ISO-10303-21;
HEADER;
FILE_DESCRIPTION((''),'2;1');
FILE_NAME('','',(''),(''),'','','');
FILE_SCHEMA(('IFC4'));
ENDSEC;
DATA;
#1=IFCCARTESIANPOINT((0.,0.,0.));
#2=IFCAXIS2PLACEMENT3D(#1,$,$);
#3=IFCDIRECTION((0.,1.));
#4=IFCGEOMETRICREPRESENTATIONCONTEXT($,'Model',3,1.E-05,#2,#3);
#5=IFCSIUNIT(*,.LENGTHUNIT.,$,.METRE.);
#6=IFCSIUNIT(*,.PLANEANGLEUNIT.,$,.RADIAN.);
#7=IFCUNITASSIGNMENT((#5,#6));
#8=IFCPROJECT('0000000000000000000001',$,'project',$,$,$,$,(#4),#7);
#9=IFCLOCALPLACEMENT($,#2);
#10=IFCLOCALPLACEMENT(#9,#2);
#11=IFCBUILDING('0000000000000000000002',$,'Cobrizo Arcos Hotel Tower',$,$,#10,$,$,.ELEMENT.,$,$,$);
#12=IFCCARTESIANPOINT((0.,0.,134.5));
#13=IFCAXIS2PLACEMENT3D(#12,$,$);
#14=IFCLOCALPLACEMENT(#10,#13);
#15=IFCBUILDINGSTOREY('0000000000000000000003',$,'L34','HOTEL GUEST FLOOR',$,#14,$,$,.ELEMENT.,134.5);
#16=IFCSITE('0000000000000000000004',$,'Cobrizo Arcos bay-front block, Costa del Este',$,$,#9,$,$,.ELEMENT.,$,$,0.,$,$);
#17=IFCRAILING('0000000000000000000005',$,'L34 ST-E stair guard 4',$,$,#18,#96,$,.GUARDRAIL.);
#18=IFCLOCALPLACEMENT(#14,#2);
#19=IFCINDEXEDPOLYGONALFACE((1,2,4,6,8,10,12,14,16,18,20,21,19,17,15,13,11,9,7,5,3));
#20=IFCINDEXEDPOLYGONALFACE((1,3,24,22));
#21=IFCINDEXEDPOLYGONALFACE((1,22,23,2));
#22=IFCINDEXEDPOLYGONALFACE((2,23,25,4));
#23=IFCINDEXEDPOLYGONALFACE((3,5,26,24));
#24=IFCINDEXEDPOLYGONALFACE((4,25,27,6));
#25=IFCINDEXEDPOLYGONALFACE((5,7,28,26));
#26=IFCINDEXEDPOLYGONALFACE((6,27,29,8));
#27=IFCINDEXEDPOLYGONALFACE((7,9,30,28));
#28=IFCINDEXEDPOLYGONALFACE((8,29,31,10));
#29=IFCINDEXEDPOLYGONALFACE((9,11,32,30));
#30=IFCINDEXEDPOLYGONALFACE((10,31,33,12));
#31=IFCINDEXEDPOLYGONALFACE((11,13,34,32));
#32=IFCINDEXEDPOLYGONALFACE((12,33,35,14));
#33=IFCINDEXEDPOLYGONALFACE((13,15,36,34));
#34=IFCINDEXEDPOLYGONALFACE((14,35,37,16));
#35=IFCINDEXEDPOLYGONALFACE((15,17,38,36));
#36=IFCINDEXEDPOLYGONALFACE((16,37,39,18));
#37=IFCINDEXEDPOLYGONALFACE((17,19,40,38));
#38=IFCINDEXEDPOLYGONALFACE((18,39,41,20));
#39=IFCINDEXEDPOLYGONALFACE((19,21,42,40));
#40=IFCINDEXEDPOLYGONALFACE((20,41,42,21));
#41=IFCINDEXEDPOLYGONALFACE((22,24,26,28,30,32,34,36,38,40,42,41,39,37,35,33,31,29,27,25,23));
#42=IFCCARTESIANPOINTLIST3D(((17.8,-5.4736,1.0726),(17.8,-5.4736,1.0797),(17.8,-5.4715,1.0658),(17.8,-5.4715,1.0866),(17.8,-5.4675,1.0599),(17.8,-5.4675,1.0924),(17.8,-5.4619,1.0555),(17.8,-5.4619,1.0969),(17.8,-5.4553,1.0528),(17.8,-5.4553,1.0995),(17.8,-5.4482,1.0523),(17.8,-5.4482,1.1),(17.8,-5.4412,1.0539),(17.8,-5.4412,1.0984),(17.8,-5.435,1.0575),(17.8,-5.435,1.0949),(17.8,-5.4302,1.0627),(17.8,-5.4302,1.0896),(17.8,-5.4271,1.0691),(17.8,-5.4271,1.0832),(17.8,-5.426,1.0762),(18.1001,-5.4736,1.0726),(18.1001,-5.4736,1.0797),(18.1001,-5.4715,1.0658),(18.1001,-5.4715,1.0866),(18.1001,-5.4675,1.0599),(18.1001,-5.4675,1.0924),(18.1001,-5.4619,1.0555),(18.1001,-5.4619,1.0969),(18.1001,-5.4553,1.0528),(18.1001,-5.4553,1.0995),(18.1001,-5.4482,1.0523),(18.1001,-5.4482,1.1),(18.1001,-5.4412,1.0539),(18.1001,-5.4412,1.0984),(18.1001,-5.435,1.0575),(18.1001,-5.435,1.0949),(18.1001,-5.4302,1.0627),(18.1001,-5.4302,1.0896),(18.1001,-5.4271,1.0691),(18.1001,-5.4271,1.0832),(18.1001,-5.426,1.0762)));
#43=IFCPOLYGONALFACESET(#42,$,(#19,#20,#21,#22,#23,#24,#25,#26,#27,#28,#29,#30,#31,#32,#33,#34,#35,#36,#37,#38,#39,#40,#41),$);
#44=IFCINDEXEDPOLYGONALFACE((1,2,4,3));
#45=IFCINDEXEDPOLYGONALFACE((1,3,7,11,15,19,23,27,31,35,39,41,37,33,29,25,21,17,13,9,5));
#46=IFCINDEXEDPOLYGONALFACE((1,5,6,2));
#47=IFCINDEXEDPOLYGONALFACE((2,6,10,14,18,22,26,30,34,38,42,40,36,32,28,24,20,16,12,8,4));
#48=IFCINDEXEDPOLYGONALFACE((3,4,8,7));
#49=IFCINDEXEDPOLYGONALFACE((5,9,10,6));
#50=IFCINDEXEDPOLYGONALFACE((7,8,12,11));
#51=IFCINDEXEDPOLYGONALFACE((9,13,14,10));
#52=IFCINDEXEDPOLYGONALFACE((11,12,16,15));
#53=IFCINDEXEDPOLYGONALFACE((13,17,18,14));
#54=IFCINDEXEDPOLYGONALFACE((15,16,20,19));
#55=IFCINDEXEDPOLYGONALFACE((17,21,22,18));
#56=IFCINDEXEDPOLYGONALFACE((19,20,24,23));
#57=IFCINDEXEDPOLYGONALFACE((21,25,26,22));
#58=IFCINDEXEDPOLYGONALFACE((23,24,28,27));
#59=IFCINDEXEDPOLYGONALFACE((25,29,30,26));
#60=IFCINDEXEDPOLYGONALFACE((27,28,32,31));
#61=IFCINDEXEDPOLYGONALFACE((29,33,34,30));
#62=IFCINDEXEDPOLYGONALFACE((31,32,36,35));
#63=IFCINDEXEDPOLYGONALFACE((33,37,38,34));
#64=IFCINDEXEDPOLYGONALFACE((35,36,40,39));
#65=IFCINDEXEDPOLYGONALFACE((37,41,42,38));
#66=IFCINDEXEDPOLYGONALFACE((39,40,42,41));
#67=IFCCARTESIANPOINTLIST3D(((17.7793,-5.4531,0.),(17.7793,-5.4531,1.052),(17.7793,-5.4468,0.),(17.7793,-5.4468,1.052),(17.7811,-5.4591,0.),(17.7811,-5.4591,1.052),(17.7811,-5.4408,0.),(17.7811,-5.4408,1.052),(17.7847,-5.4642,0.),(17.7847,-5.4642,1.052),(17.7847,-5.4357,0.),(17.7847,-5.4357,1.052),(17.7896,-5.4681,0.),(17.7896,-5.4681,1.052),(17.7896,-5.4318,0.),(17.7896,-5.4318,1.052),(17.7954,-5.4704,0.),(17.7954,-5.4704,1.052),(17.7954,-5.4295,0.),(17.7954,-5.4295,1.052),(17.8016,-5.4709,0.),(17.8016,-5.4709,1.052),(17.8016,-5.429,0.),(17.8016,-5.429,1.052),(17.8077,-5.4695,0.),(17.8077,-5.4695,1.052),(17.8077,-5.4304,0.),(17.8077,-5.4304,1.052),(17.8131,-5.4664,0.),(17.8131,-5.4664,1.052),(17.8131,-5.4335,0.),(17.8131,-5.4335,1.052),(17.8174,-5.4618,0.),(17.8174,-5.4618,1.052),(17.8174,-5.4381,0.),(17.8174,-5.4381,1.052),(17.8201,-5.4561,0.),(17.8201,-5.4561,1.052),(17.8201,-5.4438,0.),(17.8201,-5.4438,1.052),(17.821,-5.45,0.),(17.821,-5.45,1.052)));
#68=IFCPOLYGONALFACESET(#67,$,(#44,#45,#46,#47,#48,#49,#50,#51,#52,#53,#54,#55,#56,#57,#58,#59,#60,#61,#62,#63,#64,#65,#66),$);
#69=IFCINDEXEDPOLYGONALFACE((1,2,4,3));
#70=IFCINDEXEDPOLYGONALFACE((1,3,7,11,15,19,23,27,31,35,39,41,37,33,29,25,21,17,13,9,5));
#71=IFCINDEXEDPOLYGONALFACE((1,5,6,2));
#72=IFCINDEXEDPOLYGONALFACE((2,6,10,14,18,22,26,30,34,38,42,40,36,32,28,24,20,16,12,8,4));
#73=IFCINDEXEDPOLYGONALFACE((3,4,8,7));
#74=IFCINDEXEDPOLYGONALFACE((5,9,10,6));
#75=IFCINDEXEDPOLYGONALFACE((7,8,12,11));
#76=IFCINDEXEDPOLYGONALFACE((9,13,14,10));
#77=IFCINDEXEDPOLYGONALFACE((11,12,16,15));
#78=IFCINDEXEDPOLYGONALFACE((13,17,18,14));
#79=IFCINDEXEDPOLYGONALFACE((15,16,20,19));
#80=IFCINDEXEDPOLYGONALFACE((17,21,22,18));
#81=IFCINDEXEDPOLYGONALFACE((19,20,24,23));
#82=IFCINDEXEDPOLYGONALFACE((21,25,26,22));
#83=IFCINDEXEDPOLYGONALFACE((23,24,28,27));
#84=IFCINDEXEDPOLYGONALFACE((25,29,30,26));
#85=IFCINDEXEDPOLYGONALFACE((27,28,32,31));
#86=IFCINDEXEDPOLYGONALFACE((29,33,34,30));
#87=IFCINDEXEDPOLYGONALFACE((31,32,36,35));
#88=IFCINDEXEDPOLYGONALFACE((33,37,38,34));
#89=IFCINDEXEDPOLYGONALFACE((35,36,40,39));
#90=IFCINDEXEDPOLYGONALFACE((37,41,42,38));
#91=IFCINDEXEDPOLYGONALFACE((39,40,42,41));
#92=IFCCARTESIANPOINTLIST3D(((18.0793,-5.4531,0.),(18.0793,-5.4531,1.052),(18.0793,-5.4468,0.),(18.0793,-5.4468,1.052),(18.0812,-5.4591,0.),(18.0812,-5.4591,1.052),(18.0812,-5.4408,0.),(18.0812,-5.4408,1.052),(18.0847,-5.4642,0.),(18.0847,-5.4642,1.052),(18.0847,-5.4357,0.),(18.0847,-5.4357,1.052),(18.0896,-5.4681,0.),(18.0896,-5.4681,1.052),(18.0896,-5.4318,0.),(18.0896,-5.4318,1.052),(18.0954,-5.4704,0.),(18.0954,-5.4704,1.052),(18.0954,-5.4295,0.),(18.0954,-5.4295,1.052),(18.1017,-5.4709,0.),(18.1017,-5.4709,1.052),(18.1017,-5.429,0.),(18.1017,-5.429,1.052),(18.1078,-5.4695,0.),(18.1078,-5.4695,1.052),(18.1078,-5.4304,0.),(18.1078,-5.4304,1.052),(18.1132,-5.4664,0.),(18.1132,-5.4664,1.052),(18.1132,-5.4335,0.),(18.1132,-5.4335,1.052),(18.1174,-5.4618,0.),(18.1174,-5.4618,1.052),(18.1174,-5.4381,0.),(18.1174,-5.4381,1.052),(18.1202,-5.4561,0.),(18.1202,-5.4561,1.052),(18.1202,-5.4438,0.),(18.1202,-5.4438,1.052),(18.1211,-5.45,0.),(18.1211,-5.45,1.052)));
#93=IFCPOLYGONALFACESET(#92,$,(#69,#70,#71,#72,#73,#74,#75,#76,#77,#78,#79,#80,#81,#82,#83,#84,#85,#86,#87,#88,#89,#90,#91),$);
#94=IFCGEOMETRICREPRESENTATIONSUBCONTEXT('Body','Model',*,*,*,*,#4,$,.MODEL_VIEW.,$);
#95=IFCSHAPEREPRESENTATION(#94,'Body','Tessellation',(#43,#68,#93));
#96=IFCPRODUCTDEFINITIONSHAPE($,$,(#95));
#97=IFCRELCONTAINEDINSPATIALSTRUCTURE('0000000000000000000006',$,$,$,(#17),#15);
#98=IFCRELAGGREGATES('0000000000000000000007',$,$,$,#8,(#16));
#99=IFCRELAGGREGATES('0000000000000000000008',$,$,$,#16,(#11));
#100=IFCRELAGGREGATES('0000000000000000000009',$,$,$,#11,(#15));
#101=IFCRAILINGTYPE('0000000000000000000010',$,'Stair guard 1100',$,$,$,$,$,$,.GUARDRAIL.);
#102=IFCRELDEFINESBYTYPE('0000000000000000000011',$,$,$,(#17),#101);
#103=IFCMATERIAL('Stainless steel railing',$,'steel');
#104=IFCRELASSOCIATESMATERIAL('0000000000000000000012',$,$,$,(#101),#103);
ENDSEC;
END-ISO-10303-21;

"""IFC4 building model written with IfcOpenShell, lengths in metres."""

from ifc_helpers import new_model, si_unit, direction, frame, origin, origin_2d, place, context, subcontext, project, spatial, circle, extrude, material, type_object, element, save


model = new_model("IFC4")

# Units and contexts
model_context = context("Model", 3, precision=1e-05, world=origin(), true_north=direction((0.0, 1.0)))
body_context = subcontext(model_context, "Body", "Model", "MODEL_VIEW")
ifc_project = project(units=[si_unit("LENGTHUNIT", "METRE"), si_unit("PLANEANGLEUNIT", "RADIAN")], contexts=[model_context])

# Site, building, storey
site_placement = place(None, origin())
site = spatial("IfcSite", under=ifc_project, at=site_placement, Name="Cobrizo Arcos bay-front block, Costa del Este", CompositionType="ELEMENT", RefElevation=0.0)
building_placement = place(site_placement, origin())
building = spatial("IfcBuilding", under=site, at=building_placement, Name="Cobrizo Arcos Hotel Tower", CompositionType="ELEMENT")
storey_placement = place(building_placement, frame((0.0, 0.0, 134.5)))
storey = spatial("IfcBuildingStorey", under=building, at=storey_placement, Name="L34", Description="HOTEL GUEST FLOOR", CompositionType="ELEMENT", Elevation=134.5)

# Railing
ifc_material_1 = material(Name="Stainless steel railing", Category="steel")
railing_type_1 = type_object("IfcRailingType", Name="Stair guard 1100", PredefinedType="GUARDRAIL", material=ifc_material_1)
railing_1_placement = place(storey_placement, frame((17.8, -5.45, 0.0)))
element("IfcRailing", 1, at=railing_1_placement, inside=storey, type_object=railing_type_1, Name="L34 ST-E stair guard 4", PredefinedType="GUARDRAIL", context=body_context, shape_type="SweptSolid", body=[
    extrude(circle(Radius=0.0239, at=origin_2d()), frame((0.0, 0.0, 1.0762), z_axis=(1.0, 0.0, 0.0), x_axis=(0.0, 1.0, 0.0)), (0.0, 0.0, 1.0), 0.3),
    extrude(circle(Radius=0.021, at=origin_2d()), origin(), (0.0, 0.0, 1.0), 1.052),
    extrude(circle(Radius=0.021, at=origin_2d()), frame((0.3, 0.0, 0.0)), (0.0, 0.0, 1.0), 1.052),
])

save(model, "model.ifc")
